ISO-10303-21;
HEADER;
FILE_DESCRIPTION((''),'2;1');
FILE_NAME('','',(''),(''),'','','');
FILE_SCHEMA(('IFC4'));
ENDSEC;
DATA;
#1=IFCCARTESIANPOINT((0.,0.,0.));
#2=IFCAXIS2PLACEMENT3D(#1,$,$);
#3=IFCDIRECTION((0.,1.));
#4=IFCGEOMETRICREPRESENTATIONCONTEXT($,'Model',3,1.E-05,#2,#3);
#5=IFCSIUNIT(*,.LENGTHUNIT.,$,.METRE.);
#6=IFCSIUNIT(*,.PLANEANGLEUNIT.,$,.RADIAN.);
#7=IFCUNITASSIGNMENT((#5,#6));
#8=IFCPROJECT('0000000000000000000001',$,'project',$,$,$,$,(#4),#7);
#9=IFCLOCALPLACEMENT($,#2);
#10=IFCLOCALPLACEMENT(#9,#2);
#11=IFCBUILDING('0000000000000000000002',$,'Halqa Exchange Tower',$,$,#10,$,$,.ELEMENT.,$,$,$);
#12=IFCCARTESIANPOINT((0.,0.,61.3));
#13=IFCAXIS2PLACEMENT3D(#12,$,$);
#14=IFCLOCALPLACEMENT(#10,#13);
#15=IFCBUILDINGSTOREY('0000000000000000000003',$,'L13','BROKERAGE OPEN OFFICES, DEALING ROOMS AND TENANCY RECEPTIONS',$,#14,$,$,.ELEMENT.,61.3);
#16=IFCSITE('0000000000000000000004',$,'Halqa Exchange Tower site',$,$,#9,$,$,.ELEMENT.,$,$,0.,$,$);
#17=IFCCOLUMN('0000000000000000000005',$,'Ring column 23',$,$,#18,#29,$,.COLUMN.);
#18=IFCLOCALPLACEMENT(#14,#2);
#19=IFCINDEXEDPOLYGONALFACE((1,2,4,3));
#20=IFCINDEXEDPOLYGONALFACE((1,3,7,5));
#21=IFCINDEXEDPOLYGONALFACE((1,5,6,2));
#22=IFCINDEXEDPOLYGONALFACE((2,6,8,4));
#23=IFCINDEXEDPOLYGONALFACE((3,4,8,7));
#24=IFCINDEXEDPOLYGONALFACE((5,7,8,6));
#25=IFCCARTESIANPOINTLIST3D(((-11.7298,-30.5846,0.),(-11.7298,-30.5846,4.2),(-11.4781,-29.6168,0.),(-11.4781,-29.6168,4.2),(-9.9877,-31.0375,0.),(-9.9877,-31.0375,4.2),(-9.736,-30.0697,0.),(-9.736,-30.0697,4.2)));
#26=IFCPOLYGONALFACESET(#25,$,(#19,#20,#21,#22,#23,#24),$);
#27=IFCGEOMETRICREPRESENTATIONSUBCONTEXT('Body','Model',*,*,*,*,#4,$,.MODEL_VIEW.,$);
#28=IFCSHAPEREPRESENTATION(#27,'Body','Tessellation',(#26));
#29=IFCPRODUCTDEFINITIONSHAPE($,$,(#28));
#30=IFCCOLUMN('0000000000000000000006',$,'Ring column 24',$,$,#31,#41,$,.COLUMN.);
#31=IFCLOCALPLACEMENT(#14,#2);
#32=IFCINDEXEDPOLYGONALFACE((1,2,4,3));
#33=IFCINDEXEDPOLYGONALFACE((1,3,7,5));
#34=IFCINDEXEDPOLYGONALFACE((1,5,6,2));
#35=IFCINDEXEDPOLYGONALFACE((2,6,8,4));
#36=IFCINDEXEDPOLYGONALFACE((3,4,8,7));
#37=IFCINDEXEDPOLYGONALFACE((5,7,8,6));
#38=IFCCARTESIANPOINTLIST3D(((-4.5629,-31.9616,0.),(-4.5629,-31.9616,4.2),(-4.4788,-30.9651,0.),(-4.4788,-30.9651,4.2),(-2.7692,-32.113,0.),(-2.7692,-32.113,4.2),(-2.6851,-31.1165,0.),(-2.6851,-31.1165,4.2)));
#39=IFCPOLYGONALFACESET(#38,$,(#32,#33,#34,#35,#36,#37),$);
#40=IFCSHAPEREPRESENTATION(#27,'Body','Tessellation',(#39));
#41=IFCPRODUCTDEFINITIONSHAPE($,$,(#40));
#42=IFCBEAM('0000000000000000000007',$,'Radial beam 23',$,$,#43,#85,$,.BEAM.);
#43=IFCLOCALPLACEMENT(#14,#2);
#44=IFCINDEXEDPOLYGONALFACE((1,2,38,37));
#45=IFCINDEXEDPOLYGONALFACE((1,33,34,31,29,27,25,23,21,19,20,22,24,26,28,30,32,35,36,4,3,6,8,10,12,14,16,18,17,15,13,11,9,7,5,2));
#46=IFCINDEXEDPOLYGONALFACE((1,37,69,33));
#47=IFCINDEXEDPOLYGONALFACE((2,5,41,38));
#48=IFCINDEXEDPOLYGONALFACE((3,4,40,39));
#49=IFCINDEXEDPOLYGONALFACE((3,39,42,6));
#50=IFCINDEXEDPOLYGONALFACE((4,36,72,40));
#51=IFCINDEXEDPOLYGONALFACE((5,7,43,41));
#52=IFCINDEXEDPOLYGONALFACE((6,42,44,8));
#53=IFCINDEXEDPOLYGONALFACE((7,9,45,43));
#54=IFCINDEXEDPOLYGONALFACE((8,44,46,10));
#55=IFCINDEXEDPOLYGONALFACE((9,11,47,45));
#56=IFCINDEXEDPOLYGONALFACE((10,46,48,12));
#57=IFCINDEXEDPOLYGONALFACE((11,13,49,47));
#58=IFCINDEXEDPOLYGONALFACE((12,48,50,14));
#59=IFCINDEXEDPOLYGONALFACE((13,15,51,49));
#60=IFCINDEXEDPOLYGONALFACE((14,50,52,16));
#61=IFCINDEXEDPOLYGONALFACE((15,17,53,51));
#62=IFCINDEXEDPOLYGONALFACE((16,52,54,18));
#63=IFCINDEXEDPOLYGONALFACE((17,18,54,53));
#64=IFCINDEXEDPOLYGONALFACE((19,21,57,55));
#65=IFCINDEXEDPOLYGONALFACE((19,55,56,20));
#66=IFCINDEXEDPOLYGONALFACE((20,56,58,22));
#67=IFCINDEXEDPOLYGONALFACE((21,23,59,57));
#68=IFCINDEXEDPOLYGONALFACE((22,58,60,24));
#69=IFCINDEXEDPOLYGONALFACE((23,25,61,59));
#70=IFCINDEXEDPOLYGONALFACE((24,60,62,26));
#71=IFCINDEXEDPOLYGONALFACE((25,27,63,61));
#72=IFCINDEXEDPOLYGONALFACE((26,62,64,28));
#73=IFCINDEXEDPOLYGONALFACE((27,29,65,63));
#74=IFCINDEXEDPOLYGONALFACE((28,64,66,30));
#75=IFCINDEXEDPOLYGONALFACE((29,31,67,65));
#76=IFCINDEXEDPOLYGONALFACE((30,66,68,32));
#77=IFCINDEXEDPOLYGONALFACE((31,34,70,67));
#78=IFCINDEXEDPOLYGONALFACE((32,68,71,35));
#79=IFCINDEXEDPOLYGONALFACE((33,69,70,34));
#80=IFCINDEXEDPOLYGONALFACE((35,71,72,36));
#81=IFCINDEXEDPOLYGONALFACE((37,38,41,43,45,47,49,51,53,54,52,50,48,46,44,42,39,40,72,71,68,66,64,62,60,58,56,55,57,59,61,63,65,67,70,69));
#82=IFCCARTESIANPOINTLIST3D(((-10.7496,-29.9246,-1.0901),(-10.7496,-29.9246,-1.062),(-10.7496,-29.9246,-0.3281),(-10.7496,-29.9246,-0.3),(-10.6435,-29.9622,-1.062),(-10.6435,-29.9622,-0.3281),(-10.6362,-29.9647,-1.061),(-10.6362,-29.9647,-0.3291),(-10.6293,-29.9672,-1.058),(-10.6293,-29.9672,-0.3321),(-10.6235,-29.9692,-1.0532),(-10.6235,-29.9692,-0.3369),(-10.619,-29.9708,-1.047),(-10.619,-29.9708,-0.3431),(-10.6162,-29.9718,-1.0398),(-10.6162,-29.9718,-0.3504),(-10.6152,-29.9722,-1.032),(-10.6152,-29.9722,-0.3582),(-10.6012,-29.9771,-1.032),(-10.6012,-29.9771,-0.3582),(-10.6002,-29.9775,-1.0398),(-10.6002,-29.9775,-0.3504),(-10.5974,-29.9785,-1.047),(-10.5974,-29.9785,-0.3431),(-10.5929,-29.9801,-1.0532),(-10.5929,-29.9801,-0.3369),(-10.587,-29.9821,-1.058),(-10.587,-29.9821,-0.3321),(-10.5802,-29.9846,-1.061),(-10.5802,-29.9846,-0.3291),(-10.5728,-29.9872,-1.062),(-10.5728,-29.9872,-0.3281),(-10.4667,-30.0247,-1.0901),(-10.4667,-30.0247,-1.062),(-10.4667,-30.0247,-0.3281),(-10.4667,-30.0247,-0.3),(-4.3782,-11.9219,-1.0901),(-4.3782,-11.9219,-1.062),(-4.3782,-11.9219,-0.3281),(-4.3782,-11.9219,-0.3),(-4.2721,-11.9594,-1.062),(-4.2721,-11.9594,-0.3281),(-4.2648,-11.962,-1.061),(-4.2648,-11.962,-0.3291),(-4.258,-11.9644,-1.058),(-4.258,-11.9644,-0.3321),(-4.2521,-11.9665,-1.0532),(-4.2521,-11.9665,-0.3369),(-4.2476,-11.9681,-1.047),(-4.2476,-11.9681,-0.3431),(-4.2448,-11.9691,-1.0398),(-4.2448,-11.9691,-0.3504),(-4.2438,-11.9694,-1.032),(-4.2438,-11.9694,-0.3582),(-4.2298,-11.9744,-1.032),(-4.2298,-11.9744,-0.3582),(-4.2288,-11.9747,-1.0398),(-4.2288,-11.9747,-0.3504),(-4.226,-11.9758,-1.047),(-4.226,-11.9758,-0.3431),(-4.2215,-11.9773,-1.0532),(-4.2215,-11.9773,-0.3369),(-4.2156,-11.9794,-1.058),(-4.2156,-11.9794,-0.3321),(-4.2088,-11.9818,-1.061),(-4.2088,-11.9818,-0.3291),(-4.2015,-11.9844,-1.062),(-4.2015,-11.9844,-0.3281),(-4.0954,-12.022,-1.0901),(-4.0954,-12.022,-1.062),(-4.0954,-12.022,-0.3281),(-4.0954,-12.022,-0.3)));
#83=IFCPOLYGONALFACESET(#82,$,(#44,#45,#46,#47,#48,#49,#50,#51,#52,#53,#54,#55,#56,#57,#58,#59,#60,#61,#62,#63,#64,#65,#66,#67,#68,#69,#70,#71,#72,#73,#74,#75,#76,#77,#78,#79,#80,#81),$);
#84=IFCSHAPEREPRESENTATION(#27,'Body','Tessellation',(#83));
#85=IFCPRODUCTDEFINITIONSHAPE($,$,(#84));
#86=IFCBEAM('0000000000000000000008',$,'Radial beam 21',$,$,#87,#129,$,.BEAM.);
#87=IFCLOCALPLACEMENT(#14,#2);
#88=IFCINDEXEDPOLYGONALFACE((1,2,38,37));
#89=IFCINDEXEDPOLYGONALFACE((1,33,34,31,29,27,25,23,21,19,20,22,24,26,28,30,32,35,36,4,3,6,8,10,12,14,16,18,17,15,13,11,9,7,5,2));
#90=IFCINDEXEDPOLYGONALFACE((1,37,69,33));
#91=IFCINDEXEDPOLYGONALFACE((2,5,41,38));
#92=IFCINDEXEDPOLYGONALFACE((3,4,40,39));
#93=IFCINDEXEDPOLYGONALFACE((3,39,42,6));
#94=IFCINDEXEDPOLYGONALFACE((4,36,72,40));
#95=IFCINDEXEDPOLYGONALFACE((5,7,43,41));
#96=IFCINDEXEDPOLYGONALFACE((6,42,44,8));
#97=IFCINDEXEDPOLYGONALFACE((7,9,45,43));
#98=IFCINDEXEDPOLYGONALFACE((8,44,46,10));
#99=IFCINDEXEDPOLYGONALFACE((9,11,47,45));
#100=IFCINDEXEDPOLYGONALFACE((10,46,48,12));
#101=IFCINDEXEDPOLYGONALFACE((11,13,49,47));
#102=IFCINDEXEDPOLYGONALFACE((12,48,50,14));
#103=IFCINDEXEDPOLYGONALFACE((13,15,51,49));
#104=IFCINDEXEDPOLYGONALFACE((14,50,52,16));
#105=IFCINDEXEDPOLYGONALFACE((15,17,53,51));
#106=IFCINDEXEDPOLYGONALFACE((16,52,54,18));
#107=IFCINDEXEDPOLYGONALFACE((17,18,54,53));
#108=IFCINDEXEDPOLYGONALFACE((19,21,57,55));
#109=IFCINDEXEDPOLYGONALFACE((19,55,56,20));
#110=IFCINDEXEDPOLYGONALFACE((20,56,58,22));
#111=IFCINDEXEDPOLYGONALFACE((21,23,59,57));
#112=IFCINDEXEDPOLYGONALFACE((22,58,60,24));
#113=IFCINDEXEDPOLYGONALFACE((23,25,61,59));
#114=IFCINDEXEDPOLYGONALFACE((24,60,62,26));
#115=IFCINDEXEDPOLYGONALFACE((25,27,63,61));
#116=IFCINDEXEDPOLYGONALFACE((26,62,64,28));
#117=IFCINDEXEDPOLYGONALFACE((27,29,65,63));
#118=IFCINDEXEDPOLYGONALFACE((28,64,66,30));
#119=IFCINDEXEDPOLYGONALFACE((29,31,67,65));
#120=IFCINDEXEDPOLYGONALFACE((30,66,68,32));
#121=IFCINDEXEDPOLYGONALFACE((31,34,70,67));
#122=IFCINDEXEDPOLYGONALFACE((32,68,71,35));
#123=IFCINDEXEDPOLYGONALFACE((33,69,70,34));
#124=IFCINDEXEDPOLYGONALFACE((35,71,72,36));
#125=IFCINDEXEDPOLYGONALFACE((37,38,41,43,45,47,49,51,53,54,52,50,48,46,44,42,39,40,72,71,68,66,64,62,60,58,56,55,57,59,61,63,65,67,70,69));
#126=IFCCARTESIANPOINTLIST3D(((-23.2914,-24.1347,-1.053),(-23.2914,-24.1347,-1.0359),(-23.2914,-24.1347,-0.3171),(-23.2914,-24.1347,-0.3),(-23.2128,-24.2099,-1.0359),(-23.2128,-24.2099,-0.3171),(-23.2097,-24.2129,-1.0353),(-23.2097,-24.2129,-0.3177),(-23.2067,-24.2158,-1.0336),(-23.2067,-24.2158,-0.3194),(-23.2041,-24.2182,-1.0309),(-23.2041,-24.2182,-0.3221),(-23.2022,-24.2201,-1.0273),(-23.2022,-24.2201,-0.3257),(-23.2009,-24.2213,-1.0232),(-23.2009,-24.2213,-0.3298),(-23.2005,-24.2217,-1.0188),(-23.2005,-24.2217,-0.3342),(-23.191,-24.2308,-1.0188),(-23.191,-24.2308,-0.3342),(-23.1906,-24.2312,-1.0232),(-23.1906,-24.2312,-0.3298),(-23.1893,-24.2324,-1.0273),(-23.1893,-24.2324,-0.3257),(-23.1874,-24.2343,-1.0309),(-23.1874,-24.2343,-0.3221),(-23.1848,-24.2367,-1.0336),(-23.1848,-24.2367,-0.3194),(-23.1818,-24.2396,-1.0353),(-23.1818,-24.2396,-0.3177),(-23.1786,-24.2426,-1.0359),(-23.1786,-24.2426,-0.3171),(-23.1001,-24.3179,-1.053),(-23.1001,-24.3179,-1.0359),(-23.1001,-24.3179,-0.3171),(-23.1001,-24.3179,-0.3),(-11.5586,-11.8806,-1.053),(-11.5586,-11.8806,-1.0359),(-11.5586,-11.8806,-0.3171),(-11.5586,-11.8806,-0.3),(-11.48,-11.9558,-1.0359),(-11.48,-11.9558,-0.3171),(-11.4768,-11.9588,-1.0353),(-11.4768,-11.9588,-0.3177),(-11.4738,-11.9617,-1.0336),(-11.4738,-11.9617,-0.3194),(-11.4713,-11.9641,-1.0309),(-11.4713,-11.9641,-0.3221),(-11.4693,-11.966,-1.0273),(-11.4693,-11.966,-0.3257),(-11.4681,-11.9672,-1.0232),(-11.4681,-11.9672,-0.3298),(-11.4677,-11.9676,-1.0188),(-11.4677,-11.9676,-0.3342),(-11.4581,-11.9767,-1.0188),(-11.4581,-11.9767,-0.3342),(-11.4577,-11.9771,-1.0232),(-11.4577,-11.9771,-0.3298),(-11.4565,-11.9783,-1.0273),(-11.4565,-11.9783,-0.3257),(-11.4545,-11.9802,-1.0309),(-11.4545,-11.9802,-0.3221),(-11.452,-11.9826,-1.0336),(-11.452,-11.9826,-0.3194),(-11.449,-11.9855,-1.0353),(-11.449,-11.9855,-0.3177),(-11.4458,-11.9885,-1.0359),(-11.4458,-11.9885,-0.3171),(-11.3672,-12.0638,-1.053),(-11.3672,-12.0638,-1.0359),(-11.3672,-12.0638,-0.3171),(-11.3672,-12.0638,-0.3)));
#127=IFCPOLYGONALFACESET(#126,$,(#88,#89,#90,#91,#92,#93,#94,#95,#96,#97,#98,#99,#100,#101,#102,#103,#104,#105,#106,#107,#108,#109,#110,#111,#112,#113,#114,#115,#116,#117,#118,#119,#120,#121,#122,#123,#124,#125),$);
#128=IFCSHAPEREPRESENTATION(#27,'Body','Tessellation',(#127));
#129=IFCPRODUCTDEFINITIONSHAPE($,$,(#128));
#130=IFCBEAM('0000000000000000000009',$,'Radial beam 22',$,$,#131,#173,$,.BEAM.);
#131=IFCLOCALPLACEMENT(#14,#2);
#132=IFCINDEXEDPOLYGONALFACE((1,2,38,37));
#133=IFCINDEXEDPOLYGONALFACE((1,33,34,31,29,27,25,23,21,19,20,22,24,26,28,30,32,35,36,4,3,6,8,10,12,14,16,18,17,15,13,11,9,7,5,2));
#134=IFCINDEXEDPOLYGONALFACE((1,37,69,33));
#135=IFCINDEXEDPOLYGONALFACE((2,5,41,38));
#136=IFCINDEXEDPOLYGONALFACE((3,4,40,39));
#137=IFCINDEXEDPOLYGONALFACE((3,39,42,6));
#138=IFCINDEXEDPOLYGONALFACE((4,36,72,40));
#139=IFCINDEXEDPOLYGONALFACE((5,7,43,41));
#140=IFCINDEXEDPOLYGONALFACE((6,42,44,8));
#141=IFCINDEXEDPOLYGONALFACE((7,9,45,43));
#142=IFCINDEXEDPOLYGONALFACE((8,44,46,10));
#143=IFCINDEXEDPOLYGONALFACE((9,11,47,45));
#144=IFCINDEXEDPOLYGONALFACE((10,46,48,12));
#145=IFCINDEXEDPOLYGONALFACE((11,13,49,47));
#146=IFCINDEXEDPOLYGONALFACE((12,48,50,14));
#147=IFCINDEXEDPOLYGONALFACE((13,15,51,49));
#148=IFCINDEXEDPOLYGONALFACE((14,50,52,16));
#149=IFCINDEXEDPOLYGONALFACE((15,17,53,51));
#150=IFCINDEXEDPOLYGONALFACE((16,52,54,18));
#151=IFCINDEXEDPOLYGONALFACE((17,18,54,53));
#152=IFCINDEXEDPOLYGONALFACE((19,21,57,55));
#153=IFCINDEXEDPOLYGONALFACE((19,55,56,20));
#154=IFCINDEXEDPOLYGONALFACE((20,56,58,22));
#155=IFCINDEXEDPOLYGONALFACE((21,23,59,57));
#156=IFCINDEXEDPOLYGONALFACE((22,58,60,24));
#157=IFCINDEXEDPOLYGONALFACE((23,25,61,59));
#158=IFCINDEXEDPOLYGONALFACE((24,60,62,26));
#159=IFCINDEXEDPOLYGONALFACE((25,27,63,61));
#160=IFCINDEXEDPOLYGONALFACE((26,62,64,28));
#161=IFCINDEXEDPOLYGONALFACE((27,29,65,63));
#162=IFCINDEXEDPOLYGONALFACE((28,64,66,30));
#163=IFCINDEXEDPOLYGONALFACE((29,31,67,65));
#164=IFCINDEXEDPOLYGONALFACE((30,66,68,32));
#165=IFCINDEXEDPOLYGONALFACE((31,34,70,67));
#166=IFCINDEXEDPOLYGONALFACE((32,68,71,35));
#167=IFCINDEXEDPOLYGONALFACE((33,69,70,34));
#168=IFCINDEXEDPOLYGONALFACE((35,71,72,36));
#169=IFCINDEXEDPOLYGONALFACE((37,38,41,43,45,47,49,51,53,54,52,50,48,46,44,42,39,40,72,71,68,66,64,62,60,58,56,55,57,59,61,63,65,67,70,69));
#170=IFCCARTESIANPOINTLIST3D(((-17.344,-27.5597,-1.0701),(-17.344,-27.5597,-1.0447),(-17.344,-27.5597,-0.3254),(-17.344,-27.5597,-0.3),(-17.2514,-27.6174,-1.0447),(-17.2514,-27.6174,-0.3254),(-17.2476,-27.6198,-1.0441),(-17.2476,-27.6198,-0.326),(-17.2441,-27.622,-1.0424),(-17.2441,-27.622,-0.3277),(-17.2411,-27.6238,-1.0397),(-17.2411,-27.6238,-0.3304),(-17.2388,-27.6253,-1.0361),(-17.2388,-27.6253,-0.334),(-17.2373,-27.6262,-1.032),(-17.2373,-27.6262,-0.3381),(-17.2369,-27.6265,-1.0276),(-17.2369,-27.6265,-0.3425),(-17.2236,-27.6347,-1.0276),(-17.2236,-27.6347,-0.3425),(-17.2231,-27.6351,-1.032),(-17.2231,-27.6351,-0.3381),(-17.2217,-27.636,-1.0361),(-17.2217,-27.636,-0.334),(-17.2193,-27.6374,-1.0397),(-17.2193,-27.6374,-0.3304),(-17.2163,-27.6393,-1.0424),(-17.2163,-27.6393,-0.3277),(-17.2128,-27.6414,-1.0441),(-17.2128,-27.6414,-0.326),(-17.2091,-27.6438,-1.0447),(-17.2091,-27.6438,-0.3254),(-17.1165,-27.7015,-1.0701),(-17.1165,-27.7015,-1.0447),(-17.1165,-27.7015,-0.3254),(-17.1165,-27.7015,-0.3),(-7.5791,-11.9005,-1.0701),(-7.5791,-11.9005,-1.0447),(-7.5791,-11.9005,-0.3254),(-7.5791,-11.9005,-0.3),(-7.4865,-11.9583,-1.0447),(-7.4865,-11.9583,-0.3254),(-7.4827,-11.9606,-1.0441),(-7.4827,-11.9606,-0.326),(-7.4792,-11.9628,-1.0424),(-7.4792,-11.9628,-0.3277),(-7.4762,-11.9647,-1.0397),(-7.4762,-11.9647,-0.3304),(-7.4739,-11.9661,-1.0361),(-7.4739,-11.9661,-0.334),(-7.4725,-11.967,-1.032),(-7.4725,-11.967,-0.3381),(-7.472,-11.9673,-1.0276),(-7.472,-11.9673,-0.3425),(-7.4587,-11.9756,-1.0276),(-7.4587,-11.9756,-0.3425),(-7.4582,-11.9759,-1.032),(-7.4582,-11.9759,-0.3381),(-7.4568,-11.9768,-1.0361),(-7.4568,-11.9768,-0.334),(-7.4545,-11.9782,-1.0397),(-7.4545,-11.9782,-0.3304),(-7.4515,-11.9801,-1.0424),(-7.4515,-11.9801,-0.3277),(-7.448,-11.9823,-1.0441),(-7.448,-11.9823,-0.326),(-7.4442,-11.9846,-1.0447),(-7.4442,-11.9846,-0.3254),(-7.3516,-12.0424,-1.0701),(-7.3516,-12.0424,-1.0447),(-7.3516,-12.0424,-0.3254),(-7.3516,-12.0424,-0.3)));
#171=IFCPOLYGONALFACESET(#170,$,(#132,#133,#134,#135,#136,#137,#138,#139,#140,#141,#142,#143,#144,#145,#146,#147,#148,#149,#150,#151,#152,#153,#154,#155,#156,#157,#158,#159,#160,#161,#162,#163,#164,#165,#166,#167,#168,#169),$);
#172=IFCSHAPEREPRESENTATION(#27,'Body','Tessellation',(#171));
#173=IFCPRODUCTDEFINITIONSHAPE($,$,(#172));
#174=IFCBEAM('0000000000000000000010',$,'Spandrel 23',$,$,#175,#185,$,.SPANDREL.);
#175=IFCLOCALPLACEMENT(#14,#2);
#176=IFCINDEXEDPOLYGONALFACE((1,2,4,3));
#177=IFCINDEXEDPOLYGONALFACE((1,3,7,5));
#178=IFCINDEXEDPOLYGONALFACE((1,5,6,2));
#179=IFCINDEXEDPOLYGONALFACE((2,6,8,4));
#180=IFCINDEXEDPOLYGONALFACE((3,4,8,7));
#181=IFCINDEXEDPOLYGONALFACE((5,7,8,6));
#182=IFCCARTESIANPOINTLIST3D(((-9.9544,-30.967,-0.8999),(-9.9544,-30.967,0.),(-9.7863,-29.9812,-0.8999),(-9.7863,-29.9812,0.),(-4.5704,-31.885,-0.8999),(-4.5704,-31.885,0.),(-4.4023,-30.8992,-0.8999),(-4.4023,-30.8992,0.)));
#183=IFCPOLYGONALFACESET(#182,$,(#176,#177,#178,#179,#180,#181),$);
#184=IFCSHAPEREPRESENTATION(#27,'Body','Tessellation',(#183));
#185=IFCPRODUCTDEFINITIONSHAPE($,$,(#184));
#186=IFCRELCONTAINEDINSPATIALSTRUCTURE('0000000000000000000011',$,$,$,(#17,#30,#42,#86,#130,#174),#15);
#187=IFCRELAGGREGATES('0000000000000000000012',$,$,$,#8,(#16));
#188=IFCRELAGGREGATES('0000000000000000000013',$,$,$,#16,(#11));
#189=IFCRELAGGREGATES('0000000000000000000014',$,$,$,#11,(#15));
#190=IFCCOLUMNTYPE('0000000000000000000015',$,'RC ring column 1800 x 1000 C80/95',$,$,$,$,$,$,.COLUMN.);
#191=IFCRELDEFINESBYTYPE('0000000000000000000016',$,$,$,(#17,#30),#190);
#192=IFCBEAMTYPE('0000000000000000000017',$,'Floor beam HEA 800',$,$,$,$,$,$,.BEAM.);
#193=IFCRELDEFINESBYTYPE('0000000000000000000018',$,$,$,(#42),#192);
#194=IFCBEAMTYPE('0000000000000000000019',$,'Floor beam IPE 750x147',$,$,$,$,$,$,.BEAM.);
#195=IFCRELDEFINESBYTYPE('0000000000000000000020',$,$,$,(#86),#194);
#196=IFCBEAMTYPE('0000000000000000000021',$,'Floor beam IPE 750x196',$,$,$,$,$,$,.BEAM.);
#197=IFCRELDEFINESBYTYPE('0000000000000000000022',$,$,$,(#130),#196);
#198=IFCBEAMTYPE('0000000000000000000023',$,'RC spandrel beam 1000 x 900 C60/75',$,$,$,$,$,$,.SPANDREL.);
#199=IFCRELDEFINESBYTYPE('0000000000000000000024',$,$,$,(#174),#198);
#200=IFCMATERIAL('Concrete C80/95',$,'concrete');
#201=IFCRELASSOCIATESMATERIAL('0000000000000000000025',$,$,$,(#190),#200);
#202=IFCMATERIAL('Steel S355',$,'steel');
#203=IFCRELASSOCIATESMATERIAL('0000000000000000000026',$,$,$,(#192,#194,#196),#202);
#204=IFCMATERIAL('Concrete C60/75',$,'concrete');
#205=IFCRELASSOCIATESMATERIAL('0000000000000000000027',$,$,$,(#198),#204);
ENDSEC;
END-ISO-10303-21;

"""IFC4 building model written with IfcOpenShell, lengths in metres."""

from ifc_helpers import new_model, si_unit, direction, frame, origin, origin_2d, place, context, subcontext, project, spatial, rectangle, i_section, extrude, material, material_profile, profile_set, type_object, element, save


model = new_model("IFC4")

# Units and contexts
model_context = context("Model", 3, precision=1e-05, world=origin(), true_north=direction((0.0, 1.0)))
body_context = subcontext(model_context, "Body", "Model", "MODEL_VIEW")
ifc_project = project(units=[si_unit("LENGTHUNIT", "METRE"), si_unit("PLANEANGLEUNIT", "RADIAN")], contexts=[model_context])

# Site, building, storey
site_placement = place(None, origin())
site = spatial("IfcSite", under=ifc_project, at=site_placement, Name="Halqa Exchange Tower site", CompositionType="ELEMENT", RefElevation=0.0)
building_placement = place(site_placement, origin())
building = spatial("IfcBuilding", under=site, at=building_placement, Name="Halqa Exchange Tower", CompositionType="ELEMENT")
storey_placement = place(building_placement, frame((0.0, 0.0, 61.3)))
storey = spatial("IfcBuildingStorey", under=building, at=storey_placement, Name="L13", Description="BROKERAGE OPEN OFFICES, DEALING ROOMS AND TENANCY RECEPTIONS", CompositionType="ELEMENT", Elevation=61.3)

# Columns
ifc_material_1 = material(Name="Concrete C80/95", Category="concrete")
ifc_material_profile_1 = material_profile(ifc_material_1, rectangle(XDim=1.8, YDim=1.0, at=origin_2d()), Name="1800 x 1000")
ifc_profile_set_1 = profile_set([ifc_material_profile_1], Name="Concrete C80/95")
column_type = type_object("IfcColumnType", Name="RC ring column 1800 x 1000 C80/95", PredefinedType="COLUMN", material=ifc_profile_set_1)
for number, where, z_axis, x_axis, name in (
    (1, (-10.7329, -30.3271, 0.0), (0.0, 0.0, 1.0), (0.96782, -0.251644, 0.0), "Ring column 23"),
    (2, (-3.624, -31.5391, 0.0), (0.0, 0.0, 1.0), (0.996456, -0.08412, 0.0), "Ring column 24"),
):
    element("IfcColumn", number, at=place(storey_placement, frame(where, z_axis=z_axis, x_axis=x_axis)), inside=storey, type_object=column_type, Name=name, PredefinedType="COLUMN", context=body_context, shape_type="SweptSolid", body=[
        extrude(rectangle(XDim=1.8, YDim=1.0, at=origin_2d()), origin(), (0.0, 0.0, 1.0), 4.2),
    ])

# Beams
ifc_material_2 = material(Name="Steel S355", Category="steel")
ifc_material_profile_2 = material_profile(ifc_material_2, i_section(OverallWidth=0.3, OverallDepth=0.79, WebThickness=0.0149, FlangeThickness=0.0281, FilletRadius=0.03, at=origin_2d()), Name="HEA 800")
ifc_profile_set_2 = profile_set([ifc_material_profile_2], Name="Steel S355")
beam_type_1 = type_object("IfcBeamType", Name="Floor beam HEA 800", PredefinedType="BEAM", material=ifc_profile_set_2)
beam_1_placement = place(storey_placement, frame((-4.2368, -11.9719, -0.6951), z_axis=(-0.333632, -0.942703, 0.0), x_axis=(0.942703, -0.333632, 0.0)))
element("IfcBeam", 3, at=beam_1_placement, inside=storey, type_object=beam_type_1, Name="Radial beam 23", PredefinedType="BEAM", context=body_context, shape_type="SweptSolid", body=[
    extrude(i_section(OverallWidth=0.3, OverallDepth=0.79, WebThickness=0.0149, FlangeThickness=0.0281, FilletRadius=0.03, at=origin_2d()), origin(), (0.0, 0.0, 1.0), 19.0969),
])
ifc_material_profile_3 = material_profile(ifc_material_2, i_section(OverallWidth=0.2649, OverallDepth=0.7529, WebThickness=0.0132, FlangeThickness=0.0171, FilletRadius=0.0171, at=origin_2d()), Name="IPE 750x147")
ifc_profile_set_3 = profile_set([ifc_material_profile_3], Name="Steel S355")
beam_type_2 = type_object("IfcBeamType", Name="Floor beam IPE 750x147", PredefinedType="BEAM", material=ifc_profile_set_3)
beam_2_placement = place(storey_placement, frame((-11.4629, -11.9722, -0.6765), z_axis=(-0.691578, -0.722302, 0.0), x_axis=(0.722302, -0.691578, 0.0)))
element("IfcBeam", 4, at=beam_2_placement, inside=storey, type_object=beam_type_2, Name="Radial beam 21", PredefinedType="BEAM", context=body_context, shape_type="SweptSolid", body=[
    extrude(i_section(OverallWidth=0.2649, OverallDepth=0.7529, WebThickness=0.0132, FlangeThickness=0.0171, FilletRadius=0.0171, at=origin_2d()), origin(), (0.0, 0.0, 1.0), 16.9653),
])
ifc_material_profile_4 = material_profile(ifc_material_2, i_section(OverallWidth=0.2681, OverallDepth=0.77, WebThickness=0.0156, FlangeThickness=0.0254, FilletRadius=0.0171, at=origin_2d()), Name="IPE 750x196")
ifc_profile_set_4 = profile_set([ifc_material_profile_4], Name="Steel S355")
beam_type_3 = type_object("IfcBeamType", Name="Floor beam IPE 750x196", PredefinedType="BEAM", material=ifc_profile_set_4)
beam_3_placement = place(storey_placement, frame((-7.4653, -11.9714, -0.6851), z_axis=(-0.529138, -0.848536, 0.0), x_axis=(0.848536, -0.529138, 0.0)))
element("IfcBeam", 5, at=beam_3_placement, inside=storey, type_object=beam_type_3, Name="Radial beam 22", PredefinedType="BEAM", context=body_context, shape_type="SweptSolid", body=[
    extrude(i_section(OverallWidth=0.2681, OverallDepth=0.77, WebThickness=0.0156, FlangeThickness=0.0254, FilletRadius=0.0171, at=origin_2d()), origin(), (0.0, 0.0, 1.0), 18.4543),
])
ifc_material_3 = material(Name="Concrete C60/75", Category="concrete")
ifc_material_profile_5 = material_profile(ifc_material_3, rectangle(XDim=1.0, YDim=0.8999, at=origin_2d()), Name="1000 x 900")
ifc_profile_set_5 = profile_set([ifc_material_profile_5], Name="Concrete C60/75")
beam_type_4 = type_object("IfcBeamType", Name="RC spandrel beam 1000 x 900 C60/75", PredefinedType="SPANDREL", material=ifc_profile_set_5)
beam_4_placement = place(storey_placement, frame((-9.8704, -30.4741, -0.45), z_axis=(0.985775, -0.168073, 0.0), x_axis=(0.168073, 0.985775, 0.0)))
element("IfcBeam", 6, at=beam_4_placement, inside=storey, type_object=beam_type_4, Name="Spandrel 23", PredefinedType="SPANDREL", context=body_context, shape_type="SweptSolid", body=[
    extrude(rectangle(XDim=1.0, YDim=0.8999, at=origin_2d()), origin(), (0.0, 0.0, 1.0), 5.4617),
])

save(model, "model.ifc")
